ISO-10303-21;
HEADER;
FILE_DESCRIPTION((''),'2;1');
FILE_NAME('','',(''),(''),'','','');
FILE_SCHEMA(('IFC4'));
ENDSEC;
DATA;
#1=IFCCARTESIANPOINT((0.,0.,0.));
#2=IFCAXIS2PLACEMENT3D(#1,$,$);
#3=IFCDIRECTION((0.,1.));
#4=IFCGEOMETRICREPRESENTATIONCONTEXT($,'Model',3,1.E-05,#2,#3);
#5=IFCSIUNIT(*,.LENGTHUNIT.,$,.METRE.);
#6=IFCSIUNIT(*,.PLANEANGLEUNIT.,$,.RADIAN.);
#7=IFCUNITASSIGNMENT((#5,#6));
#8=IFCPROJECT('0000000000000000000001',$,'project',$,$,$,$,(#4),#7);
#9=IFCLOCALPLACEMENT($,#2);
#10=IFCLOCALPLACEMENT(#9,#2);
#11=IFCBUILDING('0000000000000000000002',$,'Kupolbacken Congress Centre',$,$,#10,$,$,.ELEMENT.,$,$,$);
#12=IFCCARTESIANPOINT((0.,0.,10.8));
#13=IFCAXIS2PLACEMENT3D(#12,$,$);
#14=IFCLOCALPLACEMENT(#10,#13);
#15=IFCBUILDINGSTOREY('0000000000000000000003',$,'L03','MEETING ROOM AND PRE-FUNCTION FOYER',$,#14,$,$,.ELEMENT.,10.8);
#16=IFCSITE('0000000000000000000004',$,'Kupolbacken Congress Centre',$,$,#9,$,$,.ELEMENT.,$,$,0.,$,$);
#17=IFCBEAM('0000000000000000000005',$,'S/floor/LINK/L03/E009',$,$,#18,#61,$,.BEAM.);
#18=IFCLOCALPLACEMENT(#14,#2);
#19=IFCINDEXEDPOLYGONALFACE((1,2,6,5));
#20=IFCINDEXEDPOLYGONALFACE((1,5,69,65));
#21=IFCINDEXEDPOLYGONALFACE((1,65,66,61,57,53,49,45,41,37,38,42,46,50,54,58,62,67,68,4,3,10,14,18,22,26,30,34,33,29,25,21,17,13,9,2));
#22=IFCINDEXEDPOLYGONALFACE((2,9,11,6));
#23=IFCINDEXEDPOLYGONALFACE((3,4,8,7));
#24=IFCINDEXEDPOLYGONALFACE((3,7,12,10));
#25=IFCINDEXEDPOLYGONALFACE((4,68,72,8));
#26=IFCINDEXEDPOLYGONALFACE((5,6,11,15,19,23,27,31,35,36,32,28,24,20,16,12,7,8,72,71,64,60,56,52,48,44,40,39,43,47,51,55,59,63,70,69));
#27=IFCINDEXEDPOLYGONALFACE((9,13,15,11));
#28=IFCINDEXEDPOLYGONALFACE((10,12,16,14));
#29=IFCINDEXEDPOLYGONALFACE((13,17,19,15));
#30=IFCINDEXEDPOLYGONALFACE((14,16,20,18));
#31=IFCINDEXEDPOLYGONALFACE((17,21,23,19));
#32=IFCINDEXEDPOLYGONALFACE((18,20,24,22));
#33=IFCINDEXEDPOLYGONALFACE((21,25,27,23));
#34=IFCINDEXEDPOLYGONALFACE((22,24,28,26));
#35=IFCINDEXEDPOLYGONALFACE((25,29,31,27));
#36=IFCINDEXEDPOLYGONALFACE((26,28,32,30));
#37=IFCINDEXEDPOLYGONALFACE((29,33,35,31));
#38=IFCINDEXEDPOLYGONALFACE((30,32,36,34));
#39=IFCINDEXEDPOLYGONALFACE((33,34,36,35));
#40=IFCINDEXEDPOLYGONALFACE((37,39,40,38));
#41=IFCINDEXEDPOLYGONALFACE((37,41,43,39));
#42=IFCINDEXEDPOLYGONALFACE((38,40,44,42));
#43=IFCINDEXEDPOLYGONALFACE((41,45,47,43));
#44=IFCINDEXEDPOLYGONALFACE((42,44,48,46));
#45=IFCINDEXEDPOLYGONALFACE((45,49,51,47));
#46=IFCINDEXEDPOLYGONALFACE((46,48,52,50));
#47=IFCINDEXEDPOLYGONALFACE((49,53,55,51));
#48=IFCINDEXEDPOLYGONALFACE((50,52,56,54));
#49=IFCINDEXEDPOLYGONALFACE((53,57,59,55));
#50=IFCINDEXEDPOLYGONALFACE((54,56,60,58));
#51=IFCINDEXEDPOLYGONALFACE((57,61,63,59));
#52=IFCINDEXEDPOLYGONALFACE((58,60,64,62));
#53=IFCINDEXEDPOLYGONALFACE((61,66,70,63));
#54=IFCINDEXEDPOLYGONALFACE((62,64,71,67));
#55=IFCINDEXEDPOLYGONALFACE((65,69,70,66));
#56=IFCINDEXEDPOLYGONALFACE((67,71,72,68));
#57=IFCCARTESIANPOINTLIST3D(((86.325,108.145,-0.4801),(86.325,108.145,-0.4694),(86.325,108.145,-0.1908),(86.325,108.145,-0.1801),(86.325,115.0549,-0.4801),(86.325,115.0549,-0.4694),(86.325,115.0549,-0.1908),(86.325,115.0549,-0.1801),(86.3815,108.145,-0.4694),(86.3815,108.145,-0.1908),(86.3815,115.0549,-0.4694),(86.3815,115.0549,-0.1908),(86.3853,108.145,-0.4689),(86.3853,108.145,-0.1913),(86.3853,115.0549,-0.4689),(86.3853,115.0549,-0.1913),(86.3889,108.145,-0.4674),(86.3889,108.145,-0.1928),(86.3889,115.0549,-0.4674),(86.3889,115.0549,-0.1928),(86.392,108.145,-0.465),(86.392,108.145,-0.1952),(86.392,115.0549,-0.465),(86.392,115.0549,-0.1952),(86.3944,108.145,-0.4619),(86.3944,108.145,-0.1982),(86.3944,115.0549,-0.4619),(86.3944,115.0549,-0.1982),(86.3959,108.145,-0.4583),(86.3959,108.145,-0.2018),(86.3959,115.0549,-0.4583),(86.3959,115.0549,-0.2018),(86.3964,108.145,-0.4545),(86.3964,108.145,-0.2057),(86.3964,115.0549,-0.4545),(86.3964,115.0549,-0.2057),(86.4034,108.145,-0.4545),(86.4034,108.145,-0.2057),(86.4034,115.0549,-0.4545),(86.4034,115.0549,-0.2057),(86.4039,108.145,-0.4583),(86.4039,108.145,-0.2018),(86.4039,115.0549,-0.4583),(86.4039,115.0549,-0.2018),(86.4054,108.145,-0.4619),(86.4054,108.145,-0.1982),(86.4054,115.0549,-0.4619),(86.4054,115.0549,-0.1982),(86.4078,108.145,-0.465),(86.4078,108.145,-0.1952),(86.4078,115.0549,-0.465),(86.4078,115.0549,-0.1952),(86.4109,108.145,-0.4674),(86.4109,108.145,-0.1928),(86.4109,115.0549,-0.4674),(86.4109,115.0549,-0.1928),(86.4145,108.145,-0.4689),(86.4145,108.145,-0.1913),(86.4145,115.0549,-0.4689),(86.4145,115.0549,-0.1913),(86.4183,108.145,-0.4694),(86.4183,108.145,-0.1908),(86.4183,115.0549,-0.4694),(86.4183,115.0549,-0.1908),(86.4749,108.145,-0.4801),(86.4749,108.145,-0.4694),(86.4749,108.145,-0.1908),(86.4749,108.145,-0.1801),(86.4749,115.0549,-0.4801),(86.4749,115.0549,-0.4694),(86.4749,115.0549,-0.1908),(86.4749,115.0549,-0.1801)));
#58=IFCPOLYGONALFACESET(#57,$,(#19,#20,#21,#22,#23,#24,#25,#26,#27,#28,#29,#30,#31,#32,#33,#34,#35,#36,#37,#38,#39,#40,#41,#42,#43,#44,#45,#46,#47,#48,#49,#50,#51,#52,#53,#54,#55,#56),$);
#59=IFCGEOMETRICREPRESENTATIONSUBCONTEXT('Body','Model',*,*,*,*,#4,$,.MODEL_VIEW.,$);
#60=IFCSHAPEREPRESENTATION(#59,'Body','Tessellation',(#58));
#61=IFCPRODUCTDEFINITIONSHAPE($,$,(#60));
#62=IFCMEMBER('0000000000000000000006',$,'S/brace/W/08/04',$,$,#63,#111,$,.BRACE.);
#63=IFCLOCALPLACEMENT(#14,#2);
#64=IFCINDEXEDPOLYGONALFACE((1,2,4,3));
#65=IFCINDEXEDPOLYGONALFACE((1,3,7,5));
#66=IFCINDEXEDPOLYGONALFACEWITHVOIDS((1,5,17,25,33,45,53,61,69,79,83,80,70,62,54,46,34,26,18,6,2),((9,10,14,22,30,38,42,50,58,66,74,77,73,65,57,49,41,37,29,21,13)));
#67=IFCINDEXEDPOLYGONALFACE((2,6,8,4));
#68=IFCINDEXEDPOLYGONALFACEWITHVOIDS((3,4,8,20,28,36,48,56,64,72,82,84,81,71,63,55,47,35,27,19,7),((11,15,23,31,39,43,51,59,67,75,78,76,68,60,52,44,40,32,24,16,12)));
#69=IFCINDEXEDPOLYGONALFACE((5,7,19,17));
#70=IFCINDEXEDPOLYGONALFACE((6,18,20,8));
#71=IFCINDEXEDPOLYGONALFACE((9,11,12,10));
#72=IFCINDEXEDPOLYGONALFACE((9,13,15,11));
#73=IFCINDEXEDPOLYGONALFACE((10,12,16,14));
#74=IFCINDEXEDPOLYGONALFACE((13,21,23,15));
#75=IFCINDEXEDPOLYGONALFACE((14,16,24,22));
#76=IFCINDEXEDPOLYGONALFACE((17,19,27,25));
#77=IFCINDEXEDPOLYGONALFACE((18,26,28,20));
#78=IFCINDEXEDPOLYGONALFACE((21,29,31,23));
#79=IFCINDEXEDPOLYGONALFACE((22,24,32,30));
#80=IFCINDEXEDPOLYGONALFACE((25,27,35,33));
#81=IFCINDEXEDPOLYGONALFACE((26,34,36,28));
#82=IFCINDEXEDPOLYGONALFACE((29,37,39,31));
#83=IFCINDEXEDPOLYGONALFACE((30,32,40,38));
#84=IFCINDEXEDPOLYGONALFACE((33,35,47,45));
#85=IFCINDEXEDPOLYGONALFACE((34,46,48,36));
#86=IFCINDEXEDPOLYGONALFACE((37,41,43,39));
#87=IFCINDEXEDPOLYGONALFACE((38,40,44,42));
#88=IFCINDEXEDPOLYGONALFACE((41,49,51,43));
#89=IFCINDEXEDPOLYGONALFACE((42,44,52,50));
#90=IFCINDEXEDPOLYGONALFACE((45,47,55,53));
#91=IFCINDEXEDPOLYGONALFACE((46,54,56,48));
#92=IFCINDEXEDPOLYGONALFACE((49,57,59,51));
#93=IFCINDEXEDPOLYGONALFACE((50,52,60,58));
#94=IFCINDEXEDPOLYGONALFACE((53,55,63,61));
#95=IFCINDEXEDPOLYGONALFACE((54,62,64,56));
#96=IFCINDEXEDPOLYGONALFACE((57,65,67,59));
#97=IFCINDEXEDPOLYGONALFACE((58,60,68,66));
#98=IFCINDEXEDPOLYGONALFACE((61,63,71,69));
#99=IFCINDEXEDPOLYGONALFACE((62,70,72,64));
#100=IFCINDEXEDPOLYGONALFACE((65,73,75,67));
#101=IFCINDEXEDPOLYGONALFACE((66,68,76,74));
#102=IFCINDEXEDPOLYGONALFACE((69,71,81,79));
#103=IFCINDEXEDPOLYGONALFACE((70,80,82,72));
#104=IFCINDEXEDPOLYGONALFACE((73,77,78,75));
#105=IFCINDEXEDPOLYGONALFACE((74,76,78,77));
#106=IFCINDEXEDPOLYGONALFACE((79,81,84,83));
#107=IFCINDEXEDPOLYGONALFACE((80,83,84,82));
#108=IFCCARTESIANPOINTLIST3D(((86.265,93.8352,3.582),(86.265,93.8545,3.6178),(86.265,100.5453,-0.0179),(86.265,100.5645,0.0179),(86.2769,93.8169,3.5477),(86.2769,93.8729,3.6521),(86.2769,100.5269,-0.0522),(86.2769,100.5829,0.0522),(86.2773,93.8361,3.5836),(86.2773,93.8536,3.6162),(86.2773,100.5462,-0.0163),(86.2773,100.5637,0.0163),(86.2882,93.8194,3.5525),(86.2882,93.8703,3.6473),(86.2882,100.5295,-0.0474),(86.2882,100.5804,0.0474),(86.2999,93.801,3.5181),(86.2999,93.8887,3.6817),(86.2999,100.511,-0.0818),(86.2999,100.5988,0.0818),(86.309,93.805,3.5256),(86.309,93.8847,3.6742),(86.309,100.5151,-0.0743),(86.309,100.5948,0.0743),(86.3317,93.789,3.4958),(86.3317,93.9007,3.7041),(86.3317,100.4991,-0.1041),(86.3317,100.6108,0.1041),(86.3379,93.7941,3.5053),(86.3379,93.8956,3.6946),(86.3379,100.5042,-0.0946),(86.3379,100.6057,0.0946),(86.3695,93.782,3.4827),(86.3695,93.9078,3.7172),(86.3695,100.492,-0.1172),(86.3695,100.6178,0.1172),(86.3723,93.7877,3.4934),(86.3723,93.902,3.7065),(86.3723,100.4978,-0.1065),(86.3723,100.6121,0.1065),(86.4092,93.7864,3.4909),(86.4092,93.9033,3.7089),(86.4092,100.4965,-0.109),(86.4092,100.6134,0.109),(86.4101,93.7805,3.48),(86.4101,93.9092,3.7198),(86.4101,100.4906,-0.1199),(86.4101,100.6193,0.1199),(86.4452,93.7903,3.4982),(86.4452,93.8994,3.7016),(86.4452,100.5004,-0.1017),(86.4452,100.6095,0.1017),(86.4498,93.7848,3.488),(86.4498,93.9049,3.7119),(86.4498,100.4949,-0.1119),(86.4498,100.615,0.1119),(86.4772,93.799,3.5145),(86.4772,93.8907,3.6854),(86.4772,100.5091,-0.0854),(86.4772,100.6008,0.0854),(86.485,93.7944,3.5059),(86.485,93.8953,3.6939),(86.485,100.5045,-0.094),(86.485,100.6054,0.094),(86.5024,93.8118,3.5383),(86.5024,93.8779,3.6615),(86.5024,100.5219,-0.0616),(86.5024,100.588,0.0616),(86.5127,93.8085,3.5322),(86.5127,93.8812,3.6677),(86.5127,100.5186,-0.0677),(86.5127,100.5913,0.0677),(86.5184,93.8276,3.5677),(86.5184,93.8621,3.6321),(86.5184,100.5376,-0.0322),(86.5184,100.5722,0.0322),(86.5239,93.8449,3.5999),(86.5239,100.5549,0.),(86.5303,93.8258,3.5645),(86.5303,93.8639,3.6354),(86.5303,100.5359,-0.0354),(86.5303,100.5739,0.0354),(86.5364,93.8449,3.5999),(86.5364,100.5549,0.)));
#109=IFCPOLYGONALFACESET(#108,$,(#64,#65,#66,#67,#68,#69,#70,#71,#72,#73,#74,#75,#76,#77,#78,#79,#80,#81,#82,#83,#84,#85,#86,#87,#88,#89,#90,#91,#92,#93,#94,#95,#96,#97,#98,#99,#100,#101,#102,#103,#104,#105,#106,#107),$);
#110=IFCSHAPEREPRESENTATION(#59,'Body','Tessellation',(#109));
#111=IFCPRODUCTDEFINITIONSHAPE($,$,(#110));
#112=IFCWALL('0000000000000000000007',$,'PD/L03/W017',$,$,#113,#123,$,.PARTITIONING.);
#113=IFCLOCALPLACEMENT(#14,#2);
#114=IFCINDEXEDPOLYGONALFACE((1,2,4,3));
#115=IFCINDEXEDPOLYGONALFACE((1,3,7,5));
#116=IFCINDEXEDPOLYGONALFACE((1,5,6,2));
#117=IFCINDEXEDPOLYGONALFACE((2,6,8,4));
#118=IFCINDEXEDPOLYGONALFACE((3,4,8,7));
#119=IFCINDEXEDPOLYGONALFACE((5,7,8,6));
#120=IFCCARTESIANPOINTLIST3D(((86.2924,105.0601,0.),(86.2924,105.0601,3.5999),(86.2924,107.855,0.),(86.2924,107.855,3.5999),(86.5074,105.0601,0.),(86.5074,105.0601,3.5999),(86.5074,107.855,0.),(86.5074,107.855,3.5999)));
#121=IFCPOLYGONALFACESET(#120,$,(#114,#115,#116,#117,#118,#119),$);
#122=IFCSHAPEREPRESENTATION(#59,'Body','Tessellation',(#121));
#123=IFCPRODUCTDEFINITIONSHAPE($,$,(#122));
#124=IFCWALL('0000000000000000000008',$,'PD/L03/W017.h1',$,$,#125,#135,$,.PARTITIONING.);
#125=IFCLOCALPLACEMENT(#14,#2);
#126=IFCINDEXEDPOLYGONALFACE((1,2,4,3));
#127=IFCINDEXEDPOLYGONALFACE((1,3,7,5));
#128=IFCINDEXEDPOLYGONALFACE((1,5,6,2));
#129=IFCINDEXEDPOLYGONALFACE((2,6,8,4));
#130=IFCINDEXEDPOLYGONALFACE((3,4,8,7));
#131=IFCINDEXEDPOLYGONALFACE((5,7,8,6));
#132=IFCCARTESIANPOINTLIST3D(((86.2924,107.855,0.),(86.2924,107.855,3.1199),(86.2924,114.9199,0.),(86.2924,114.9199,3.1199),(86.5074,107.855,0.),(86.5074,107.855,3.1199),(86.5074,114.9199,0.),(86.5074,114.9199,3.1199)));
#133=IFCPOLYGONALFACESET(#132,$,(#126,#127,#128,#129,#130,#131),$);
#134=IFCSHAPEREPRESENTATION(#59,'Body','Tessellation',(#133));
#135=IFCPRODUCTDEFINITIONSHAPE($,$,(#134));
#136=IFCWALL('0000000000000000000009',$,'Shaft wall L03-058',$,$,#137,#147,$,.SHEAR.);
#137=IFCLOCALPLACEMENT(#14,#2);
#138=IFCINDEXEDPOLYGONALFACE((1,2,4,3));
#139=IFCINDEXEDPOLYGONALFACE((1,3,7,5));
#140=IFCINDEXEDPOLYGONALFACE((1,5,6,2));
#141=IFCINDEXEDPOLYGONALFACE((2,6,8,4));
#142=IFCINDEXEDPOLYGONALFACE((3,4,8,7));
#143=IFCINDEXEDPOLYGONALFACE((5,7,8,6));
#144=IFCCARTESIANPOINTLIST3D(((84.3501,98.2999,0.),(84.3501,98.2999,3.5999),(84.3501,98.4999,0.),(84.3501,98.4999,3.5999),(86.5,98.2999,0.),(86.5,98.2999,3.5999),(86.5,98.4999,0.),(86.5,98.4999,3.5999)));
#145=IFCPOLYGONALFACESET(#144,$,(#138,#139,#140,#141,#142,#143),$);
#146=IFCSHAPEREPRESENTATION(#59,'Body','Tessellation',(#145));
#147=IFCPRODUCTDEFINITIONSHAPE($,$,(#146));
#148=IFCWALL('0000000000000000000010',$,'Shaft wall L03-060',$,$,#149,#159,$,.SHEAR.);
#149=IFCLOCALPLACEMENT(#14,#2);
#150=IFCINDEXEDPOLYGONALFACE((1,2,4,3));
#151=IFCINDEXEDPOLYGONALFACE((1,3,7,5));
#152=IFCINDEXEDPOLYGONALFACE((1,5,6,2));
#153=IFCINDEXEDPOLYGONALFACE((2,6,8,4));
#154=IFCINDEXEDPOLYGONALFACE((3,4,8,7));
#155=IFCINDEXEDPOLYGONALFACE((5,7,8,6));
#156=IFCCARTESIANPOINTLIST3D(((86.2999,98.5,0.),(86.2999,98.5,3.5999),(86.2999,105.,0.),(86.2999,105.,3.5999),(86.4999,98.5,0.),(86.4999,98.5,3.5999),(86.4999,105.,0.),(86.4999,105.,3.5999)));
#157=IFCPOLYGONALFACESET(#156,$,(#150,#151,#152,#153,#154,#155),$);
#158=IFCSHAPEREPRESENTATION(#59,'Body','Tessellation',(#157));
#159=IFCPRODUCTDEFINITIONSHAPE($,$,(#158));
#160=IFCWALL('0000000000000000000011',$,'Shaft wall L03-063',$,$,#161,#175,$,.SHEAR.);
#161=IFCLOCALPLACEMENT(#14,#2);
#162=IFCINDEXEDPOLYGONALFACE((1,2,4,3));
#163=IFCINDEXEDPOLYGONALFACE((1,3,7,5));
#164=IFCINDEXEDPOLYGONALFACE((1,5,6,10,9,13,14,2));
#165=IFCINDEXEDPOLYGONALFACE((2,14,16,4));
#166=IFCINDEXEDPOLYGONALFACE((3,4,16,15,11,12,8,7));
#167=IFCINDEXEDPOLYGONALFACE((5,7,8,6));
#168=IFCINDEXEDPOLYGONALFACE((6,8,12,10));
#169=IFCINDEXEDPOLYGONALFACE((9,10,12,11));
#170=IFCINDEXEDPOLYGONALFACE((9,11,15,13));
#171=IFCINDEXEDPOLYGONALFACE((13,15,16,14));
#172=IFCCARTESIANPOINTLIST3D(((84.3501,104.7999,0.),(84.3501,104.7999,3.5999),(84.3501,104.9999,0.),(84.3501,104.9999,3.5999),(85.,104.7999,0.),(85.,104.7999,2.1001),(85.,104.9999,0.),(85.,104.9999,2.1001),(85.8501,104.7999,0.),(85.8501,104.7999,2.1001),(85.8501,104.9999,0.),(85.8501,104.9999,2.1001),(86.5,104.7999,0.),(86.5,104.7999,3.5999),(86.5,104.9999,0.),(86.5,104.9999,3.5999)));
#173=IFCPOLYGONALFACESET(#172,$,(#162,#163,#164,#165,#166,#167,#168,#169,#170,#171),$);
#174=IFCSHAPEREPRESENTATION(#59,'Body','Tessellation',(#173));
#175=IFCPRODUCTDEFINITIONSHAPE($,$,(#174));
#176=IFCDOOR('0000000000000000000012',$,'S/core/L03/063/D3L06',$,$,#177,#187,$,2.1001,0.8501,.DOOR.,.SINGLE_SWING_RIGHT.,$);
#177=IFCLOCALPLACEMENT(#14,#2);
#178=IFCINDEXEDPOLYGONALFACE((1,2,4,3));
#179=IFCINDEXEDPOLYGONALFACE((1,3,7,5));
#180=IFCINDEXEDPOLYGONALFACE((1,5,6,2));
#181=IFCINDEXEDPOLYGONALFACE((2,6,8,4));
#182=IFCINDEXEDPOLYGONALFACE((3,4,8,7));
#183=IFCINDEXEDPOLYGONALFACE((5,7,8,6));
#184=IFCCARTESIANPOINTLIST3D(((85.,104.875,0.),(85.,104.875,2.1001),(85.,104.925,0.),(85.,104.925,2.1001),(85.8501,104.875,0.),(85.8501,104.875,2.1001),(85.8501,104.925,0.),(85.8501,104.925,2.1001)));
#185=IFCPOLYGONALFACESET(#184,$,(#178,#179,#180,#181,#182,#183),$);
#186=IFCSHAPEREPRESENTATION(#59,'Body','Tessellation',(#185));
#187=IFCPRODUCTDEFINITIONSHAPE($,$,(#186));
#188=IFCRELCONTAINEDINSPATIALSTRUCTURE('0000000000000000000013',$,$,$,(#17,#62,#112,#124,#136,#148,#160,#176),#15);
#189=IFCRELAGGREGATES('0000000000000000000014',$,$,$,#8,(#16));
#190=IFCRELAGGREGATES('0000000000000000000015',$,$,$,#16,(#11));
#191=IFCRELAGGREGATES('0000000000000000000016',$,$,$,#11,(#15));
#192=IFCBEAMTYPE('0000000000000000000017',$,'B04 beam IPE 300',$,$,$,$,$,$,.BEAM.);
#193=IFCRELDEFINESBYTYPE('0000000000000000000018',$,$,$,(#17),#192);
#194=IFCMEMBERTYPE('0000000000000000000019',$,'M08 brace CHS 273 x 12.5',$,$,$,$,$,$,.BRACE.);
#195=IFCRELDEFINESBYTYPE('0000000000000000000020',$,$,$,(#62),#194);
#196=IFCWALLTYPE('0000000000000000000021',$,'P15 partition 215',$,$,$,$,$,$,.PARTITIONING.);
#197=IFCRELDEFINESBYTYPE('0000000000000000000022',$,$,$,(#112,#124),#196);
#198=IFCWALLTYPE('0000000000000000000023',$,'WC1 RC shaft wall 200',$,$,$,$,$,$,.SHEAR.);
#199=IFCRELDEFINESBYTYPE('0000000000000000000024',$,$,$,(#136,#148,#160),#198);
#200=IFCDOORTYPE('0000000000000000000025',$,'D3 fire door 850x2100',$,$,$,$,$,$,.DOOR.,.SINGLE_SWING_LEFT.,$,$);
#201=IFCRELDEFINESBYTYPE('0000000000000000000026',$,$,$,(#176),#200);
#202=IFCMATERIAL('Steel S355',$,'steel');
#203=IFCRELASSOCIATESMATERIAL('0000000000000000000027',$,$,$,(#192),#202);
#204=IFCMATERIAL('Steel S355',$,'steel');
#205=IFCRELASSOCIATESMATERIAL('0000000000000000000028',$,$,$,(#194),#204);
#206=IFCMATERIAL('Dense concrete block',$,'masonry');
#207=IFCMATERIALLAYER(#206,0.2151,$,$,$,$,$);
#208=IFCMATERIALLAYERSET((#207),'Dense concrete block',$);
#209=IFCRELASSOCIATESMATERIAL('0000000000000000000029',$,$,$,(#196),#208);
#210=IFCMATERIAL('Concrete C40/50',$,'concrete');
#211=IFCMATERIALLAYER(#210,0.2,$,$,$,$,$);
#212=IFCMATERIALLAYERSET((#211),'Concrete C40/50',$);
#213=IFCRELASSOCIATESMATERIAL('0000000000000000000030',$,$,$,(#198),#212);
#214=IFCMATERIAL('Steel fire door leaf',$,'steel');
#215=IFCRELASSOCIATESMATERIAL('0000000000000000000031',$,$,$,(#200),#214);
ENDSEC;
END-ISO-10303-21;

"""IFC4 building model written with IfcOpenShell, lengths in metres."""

from ifc_helpers import new_model, si_unit, direction, frame, frame_2d, origin, origin_2d, place, context, subcontext, project, spatial, rectangle, hollow_circle, i_section, extrude, material, layer, layer_set, material_profile, profile_set, type_object, element, fill, save


model = new_model("IFC4")

# Units and contexts
model_context = context("Model", 3, precision=1e-05, world=origin(), true_north=direction((0.0, 1.0)))
body_context = subcontext(model_context, "Body", "Model", "MODEL_VIEW")
ifc_project = project(units=[si_unit("LENGTHUNIT", "METRE"), si_unit("PLANEANGLEUNIT", "RADIAN")], contexts=[model_context])

# Site, building, storey
site_placement = place(None, origin())
site = spatial("IfcSite", under=ifc_project, at=site_placement, Name="Kupolbacken Congress Centre", CompositionType="ELEMENT", RefElevation=0.0)
building_placement = place(site_placement, origin())
building = spatial("IfcBuilding", under=site, at=building_placement, Name="Kupolbacken Congress Centre", CompositionType="ELEMENT")
storey_placement = place(building_placement, frame((0.0, 0.0, 10.8)))
storey = spatial("IfcBuildingStorey", under=building, at=storey_placement, Name="L03", Description="MEETING ROOM AND PRE-FUNCTION FOYER", CompositionType="ELEMENT", Elevation=10.8)

# Beam
ifc_material_1 = material(Name="Steel S355", Category="steel")
ifc_material_profile_1 = material_profile(ifc_material_1, i_section(OverallWidth=0.1499, OverallDepth=0.3, WebThickness=0.0071, FlangeThickness=0.0107, FilletRadius=0.0149, at=origin_2d()), Name="IPE 300")
ifc_profile_set_1 = profile_set([ifc_material_profile_1], Name="Steel S355")
beam_type_1 = type_object("IfcBeamType", Name="B04 beam IPE 300", PredefinedType="BEAM", material=ifc_profile_set_1)
beam_1_placement = place(storey_placement, frame((86.3999, 108.145, -0.3301), z_axis=(0.0, 1.0, 0.0), x_axis=(-1.0, 0.0, 0.0)))
element("IfcBeam", 1, at=beam_1_placement, inside=storey, type_object=beam_type_1, Name="S/floor/LINK/L03/E009", PredefinedType="BEAM", context=body_context, shape_type="SweptSolid", body=[
    extrude(i_section(OverallWidth=0.1499, OverallDepth=0.3, WebThickness=0.0071, FlangeThickness=0.0107, FilletRadius=0.0149, at=origin_2d()), origin(), (0.0, 0.0, 1.0), 6.9099),
])

# Member
ifc_material_2 = material(Name="Steel S355", Category="steel")
ifc_material_profile_2 = material_profile(ifc_material_2, hollow_circle(Radius=0.1365, WallThickness=0.0125, at=origin_2d()), Name="CHS 273 x 12.5")
ifc_profile_set_2 = profile_set([ifc_material_profile_2], Name="Steel S355")
member_type = type_object("IfcMemberType", Name="M08 brace CHS 273 x 12.5", PredefinedType="BRACE", material=ifc_profile_set_2)
member_placement = place(storey_placement, frame((86.3999, 100.5549, 0.0), z_axis=(0.0, -0.881194, 0.472755), x_axis=(1.0, 0.0, 0.0)))
element("IfcMember", 2, at=member_placement, inside=storey, type_object=member_type, Name="S/brace/W/08/04", PredefinedType="BRACE", context=body_context, shape_type="SweptSolid", body=[
    extrude(hollow_circle(Radius=0.1365, WallThickness=0.0125, at=origin_2d()), origin(), (0.0, 0.0, 1.0), 7.6147),
])

# Walls
ifc_material_3 = material(Name="Dense concrete block", Category="masonry")
ifc_layer_1 = layer(ifc_material_3, 0.2151)
ifc_layer_set_1 = layer_set([ifc_layer_1], Name="Dense concrete block")
wall_type_1 = type_object("IfcWallType", Name="P15 partition 215", PredefinedType="PARTITIONING", material=ifc_layer_set_1)
wall_1_placement = place(storey_placement, frame((86.3999, 105.0601, 0.0), z_axis=(0.0, 0.0, 1.0), x_axis=(0.0, 1.0, 0.0)))
element("IfcWall", 3, at=wall_1_placement, inside=storey, type_object=wall_type_1, Name="PD/L03/W017", PredefinedType="PARTITIONING", context=body_context, shape_type="SweptSolid", body=[
    extrude(rectangle(XDim=2.7949, YDim=0.2151, at=frame_2d((1.3975, 0.0))), origin(), (0.0, 0.0, 1.0), 3.5999),
])
wall_2_placement = place(storey_placement, frame((86.3999, 107.855, 0.0), z_axis=(0.0, 0.0, 1.0), x_axis=(0.0, 1.0, 0.0)))
element("IfcWall", 4, at=wall_2_placement, inside=storey, type_object=wall_type_1, Name="PD/L03/W017.h1", PredefinedType="PARTITIONING", context=body_context, shape_type="SweptSolid", body=[
    extrude(rectangle(XDim=7.0649, YDim=0.2151, at=frame_2d((3.5325, 0.0))), origin(), (0.0, 0.0, 1.0), 3.1199),
])
ifc_material_4 = material(Name="Concrete C40/50", Category="concrete")
ifc_layer_2 = layer(ifc_material_4, 0.2)
ifc_layer_set_2 = layer_set([ifc_layer_2], Name="Concrete C40/50")
wall_type_2 = type_object("IfcWallType", Name="WC1 RC shaft wall 200", PredefinedType="SHEAR", material=ifc_layer_set_2)
wall_3_placement = place(storey_placement, frame((84.3501, 98.3999, 0.0), z_axis=(0.0, 0.0, 1.0), x_axis=(1.0, 0.0, 0.0)))
element("IfcWall", 5, at=wall_3_placement, inside=storey, type_object=wall_type_2, Name="Shaft wall L03-058", PredefinedType="SHEAR", context=body_context, shape_type="SweptSolid", body=[
    extrude(rectangle(XDim=2.1499, YDim=0.2, at=frame_2d((1.075, 0.0))), origin(), (0.0, 0.0, 1.0), 3.5999),
])
wall_4_placement = place(storey_placement, frame((86.3999, 98.5, 0.0), z_axis=(0.0, 0.0, 1.0), x_axis=(0.0, 1.0, 0.0)))
element("IfcWall", 6, at=wall_4_placement, inside=storey, type_object=wall_type_2, Name="Shaft wall L03-060", PredefinedType="SHEAR", context=body_context, shape_type="SweptSolid", body=[
    extrude(rectangle(XDim=6.5, YDim=0.2, at=frame_2d((3.25, 0.0))), origin(), (0.0, 0.0, 1.0), 3.5999),
])

# Wall, opening, door
wall_5_placement = place(storey_placement, frame((86.5, 104.8999, 0.0), z_axis=(0.0, 0.0, 1.0), x_axis=(-1.0, 0.0, 0.0)))
wall_5 = element("IfcWall", 7, at=wall_5_placement, inside=storey, type_object=wall_type_2, Name="Shaft wall L03-063", PredefinedType="SHEAR", context=body_context, shape_type="SweptSolid", body=[
    extrude(rectangle(XDim=2.1499, YDim=0.2, at=frame_2d((1.075, 0.0))), origin(), (0.0, 0.0, 1.0), 3.5999),
])
opening_1_placement = place(wall_5_placement, frame((0.6499, 0.0, 0.0)))
opening_1 = element("IfcOpeningElement", 8, at=opening_1_placement, cuts=wall_5, PredefinedType="OPENING", context=body_context, shape_type="SweptSolid", body=[
    extrude(rectangle(XDim=0.8501, YDim=2.1001, at=frame_2d((0.425, 1.05))), frame((0.0, 0.1099, 0.0), z_axis=(0.0, -1.0, 0.0), x_axis=(1.0, 0.0, 0.0)), (0.0, 0.0, 1.0), 0.22),
])
ifc_material_5 = material(Name="Steel fire door leaf", Category="steel")
door_type_1 = type_object("IfcDoorType", Name="D3 fire door 850x2100", OperationType="SINGLE_SWING_LEFT", PredefinedType="DOOR", material=ifc_material_5)
door_1_placement = place(opening_1_placement, origin())
door_1 = element("IfcDoor", 9, at=door_1_placement, inside=storey, type_object=door_type_1, Name="S/core/L03/063/D3L06", OperationType="SINGLE_SWING_RIGHT", OverallHeight=2.1001, OverallWidth=0.8501, PredefinedType="DOOR", context=body_context, shape_type="SweptSolid", body=[
    extrude(rectangle(XDim=0.8501, YDim=2.1001, at=frame_2d((0.425, 1.05))), frame((0.0, 0.0249, 0.0), z_axis=(0.0, -1.0, 0.0), x_axis=(1.0, 0.0, 0.0)), (0.0, 0.0, 1.0), 0.05),
])
fill(opening_1, door_1)

save(model, "model.ifc")
